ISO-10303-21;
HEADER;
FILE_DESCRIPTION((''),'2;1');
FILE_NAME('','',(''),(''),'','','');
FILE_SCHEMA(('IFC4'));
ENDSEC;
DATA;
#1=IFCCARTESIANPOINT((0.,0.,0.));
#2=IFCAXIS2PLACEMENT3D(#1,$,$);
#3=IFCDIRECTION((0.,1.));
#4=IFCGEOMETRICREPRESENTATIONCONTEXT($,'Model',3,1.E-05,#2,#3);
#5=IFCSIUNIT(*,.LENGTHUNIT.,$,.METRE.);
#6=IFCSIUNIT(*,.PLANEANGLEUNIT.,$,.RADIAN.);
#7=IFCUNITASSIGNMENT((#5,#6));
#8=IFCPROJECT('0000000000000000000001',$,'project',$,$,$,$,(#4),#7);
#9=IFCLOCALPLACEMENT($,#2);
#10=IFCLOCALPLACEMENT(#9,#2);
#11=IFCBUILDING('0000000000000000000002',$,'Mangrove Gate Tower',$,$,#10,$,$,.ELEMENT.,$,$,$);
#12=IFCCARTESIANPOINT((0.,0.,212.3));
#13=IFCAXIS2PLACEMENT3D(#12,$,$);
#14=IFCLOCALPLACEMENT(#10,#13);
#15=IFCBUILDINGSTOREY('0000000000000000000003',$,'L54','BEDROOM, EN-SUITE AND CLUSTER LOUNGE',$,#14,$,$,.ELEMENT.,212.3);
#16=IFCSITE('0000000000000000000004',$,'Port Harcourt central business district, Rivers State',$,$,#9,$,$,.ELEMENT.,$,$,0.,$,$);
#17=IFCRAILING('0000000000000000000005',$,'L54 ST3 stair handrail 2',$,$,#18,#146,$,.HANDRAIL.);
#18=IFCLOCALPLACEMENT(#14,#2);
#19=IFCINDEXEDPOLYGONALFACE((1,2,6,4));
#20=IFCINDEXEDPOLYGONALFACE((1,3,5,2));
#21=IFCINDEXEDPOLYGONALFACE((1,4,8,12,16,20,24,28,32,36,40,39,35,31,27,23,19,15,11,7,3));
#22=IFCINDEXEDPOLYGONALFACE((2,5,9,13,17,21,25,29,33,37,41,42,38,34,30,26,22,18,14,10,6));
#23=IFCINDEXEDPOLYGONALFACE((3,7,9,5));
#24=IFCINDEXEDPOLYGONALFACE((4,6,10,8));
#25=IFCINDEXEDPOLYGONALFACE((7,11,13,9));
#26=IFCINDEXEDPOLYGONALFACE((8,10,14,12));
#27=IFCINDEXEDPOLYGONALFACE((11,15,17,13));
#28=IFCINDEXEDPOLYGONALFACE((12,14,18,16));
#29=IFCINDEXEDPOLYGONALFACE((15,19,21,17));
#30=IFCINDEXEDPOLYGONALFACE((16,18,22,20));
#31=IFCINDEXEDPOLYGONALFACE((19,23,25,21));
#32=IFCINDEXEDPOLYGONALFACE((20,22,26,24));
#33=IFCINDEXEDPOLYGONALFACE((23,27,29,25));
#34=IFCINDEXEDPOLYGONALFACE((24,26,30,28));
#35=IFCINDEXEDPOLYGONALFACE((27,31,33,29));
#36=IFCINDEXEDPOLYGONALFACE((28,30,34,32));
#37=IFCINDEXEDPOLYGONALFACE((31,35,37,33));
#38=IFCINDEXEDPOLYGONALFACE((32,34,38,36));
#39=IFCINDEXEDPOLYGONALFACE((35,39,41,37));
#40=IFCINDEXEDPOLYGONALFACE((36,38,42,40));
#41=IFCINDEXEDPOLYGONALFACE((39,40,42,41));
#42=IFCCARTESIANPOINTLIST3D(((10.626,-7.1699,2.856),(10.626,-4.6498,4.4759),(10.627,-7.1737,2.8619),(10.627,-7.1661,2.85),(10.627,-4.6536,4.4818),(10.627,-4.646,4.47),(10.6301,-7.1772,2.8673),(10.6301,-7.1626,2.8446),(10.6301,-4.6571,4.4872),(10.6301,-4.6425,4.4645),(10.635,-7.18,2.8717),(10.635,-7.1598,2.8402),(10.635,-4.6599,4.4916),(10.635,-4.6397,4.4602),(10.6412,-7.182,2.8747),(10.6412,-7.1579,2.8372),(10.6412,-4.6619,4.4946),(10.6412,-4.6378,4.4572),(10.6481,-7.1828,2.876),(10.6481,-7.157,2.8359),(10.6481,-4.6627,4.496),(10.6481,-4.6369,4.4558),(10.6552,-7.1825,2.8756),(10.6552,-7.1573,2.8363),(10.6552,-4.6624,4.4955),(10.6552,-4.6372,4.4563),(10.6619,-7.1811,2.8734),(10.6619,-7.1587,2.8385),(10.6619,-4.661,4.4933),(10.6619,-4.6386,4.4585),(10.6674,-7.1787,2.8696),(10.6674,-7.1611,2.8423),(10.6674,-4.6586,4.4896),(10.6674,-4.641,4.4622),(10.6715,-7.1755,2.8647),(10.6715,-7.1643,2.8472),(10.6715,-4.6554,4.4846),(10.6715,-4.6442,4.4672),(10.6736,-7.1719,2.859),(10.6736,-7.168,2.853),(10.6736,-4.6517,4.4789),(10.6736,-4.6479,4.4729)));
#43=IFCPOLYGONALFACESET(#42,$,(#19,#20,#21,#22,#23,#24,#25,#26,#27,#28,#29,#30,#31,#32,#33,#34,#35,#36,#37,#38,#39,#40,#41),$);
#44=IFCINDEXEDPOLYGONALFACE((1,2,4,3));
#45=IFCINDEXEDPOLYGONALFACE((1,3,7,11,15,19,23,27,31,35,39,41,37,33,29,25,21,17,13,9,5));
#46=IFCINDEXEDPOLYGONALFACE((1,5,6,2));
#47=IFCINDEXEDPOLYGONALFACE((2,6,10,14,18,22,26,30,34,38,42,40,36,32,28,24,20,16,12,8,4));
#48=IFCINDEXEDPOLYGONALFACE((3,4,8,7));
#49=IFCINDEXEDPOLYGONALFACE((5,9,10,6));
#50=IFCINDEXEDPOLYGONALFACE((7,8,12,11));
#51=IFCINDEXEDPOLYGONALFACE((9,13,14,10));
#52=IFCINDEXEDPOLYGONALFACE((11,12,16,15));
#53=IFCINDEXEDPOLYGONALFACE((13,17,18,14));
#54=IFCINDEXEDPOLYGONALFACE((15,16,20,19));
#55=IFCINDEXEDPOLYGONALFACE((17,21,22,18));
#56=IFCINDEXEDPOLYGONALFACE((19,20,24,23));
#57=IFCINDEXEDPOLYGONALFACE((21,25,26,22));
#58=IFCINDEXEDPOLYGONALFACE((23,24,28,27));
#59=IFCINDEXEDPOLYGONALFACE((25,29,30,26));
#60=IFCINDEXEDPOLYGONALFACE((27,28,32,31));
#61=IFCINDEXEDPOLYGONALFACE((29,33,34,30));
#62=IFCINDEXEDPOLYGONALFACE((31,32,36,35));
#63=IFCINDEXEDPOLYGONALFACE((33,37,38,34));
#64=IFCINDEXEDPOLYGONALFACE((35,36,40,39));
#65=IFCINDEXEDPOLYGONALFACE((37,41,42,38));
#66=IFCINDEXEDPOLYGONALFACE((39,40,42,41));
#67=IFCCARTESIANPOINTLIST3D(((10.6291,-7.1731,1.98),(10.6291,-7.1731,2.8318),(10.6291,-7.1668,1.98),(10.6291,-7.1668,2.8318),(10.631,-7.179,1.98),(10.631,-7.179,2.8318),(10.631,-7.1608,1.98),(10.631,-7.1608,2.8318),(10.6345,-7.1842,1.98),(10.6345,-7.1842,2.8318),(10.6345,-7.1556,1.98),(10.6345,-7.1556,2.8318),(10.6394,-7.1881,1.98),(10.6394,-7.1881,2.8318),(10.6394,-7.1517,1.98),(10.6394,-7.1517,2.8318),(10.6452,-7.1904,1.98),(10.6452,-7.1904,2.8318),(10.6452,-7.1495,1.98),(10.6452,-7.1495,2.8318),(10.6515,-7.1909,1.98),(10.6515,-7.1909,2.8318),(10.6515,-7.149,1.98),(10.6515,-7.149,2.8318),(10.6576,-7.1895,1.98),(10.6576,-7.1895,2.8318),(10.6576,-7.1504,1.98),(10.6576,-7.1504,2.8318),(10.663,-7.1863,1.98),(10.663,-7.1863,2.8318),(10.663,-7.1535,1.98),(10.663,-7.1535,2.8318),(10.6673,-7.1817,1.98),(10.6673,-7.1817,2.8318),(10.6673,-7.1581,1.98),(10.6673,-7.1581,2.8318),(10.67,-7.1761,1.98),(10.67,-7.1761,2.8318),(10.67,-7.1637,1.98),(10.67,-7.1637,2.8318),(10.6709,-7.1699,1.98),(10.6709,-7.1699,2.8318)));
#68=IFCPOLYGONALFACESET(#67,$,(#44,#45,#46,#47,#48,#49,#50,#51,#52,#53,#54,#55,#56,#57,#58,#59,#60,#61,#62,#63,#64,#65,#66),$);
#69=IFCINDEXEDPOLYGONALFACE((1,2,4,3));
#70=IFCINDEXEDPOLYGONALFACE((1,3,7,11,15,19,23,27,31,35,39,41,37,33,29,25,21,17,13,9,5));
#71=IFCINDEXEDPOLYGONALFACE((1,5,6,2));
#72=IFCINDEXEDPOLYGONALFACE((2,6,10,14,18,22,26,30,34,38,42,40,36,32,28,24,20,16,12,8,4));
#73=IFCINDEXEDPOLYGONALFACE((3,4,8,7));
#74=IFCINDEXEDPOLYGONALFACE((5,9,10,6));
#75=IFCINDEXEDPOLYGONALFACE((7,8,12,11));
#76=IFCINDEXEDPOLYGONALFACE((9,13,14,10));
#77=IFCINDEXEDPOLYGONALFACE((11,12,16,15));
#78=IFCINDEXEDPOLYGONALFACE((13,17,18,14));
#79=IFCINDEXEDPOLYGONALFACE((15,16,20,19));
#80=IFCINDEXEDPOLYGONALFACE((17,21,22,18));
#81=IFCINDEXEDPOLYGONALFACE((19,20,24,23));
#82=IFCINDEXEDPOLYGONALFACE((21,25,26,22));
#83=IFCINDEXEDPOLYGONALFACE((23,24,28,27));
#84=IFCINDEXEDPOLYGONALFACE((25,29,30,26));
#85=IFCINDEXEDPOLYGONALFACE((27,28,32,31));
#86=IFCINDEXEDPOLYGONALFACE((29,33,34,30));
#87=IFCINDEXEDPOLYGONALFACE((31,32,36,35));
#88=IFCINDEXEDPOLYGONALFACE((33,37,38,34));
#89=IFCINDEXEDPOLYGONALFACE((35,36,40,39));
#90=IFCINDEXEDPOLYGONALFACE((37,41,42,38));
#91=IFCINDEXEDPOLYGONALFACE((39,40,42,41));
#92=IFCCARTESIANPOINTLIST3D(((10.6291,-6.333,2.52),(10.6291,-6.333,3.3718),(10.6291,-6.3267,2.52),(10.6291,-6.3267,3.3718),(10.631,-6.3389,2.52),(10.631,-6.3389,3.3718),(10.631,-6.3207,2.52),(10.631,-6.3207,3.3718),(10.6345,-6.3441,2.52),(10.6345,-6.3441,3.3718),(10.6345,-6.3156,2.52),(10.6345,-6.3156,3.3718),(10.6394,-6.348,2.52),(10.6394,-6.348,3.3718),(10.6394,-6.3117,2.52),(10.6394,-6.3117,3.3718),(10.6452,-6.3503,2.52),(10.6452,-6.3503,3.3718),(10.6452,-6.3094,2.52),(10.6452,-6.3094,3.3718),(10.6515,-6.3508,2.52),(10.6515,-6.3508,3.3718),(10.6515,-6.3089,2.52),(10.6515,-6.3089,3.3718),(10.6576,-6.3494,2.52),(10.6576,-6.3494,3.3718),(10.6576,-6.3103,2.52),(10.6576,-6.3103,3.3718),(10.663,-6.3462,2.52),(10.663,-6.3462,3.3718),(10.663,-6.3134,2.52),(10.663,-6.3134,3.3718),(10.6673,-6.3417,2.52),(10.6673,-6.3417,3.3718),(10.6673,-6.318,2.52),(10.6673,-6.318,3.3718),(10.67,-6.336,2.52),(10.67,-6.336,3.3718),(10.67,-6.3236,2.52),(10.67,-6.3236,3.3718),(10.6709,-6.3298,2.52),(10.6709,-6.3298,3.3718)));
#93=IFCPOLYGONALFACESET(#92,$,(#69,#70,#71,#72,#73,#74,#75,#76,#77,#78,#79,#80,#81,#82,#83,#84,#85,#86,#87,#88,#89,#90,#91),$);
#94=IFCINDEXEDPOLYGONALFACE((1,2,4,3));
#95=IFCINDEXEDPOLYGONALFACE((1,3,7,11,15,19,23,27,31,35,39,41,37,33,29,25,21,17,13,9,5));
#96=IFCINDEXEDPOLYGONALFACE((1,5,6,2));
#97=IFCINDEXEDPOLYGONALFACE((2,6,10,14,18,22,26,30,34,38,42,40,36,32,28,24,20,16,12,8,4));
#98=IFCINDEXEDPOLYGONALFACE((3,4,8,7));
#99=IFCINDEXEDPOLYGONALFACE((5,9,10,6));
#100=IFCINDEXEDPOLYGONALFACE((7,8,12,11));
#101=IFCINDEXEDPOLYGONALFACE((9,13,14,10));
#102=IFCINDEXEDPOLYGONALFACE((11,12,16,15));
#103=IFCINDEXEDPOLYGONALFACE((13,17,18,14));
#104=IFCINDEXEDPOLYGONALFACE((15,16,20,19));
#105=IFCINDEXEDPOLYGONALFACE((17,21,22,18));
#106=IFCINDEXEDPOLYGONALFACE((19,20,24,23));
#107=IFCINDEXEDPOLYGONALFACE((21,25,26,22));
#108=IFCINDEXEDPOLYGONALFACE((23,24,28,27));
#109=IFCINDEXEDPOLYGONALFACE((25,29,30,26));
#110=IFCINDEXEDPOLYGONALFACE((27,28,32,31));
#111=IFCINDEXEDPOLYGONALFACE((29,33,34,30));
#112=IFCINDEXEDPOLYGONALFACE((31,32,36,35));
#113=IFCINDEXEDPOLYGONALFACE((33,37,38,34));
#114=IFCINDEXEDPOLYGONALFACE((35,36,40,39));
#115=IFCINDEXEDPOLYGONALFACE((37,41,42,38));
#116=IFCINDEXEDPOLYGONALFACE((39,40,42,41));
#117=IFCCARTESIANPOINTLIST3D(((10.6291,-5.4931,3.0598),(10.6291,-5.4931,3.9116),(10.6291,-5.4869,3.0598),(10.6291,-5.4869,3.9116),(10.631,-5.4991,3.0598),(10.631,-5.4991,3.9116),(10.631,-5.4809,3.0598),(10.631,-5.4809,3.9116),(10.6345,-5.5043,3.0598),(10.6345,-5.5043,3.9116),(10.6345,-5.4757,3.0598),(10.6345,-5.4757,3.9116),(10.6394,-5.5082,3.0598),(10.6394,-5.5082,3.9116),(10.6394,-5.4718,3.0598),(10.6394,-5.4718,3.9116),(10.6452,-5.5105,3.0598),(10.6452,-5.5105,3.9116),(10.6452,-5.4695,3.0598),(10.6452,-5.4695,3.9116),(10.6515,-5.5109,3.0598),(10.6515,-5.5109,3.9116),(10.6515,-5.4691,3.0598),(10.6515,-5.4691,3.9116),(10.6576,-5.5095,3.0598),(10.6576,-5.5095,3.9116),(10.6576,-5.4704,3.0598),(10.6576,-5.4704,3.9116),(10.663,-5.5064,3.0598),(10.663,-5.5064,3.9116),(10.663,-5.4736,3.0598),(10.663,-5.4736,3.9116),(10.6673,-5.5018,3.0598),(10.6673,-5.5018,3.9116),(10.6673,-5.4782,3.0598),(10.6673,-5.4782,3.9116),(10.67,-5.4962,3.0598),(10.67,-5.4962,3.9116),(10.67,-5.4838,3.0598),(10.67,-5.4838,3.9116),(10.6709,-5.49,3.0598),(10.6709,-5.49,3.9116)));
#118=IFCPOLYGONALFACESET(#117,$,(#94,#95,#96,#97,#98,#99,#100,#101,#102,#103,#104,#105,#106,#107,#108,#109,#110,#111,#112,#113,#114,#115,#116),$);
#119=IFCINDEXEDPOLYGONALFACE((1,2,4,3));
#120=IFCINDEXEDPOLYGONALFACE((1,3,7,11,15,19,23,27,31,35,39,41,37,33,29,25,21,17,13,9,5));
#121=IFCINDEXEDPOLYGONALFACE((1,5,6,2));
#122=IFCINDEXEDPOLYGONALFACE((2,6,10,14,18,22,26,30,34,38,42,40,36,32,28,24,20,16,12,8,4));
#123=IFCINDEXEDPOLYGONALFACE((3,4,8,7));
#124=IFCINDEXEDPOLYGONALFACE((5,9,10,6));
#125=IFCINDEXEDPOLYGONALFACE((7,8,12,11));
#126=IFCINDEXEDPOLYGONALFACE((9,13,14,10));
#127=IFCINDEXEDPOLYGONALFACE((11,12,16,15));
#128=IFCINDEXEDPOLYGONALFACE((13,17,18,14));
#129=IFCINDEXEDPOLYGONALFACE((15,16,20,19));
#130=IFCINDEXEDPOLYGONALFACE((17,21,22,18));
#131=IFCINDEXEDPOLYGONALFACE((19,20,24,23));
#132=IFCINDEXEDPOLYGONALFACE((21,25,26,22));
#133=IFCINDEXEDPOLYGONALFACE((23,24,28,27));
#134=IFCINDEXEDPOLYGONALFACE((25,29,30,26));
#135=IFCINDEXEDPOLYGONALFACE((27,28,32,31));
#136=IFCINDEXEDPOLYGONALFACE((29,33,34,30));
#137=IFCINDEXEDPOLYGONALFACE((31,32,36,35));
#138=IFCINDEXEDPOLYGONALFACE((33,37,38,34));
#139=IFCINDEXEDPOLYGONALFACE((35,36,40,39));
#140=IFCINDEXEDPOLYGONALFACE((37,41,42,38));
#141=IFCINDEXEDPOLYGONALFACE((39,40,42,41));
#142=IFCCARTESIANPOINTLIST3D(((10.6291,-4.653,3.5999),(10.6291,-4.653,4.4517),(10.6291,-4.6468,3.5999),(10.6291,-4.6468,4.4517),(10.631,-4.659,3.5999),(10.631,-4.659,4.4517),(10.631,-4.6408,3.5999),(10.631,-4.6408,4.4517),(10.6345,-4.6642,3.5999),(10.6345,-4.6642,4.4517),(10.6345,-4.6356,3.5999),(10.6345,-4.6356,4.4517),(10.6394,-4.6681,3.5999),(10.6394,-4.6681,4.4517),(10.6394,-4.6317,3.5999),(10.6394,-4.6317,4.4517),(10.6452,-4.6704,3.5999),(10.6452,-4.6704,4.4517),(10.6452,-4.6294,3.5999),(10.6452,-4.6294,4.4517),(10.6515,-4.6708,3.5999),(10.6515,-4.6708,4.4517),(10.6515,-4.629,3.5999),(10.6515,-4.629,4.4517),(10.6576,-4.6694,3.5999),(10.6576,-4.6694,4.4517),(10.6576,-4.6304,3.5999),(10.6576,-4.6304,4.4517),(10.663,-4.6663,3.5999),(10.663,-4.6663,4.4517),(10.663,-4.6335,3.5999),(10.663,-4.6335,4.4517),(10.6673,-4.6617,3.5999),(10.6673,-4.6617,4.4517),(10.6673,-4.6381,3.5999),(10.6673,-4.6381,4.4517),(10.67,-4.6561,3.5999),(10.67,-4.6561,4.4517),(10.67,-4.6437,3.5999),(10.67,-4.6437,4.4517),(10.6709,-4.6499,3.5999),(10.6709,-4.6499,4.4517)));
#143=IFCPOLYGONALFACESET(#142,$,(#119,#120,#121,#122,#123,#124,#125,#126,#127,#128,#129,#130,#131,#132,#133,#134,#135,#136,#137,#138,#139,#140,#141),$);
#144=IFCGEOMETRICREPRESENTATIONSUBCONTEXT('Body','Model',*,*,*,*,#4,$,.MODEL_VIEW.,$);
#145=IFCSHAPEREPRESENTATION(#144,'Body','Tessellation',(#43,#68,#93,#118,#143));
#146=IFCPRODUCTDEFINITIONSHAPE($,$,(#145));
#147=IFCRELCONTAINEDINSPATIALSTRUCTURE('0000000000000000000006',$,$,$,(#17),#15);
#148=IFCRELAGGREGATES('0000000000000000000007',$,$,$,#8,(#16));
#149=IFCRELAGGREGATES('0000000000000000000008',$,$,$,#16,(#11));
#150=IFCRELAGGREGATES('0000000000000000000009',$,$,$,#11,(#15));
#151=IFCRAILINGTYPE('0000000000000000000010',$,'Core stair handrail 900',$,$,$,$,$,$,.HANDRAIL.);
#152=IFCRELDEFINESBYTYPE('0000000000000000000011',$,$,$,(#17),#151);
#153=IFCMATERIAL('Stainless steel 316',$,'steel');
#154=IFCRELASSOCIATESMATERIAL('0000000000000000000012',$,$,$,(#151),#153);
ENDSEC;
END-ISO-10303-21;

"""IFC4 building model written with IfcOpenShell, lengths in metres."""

from ifc_helpers import new_model, si_unit, direction, frame, origin, origin_2d, place, context, subcontext, project, spatial, circle, extrude, material, type_object, element, save


model = new_model("IFC4")

# Units and contexts
model_context = context("Model", 3, precision=1e-05, world=origin(), true_north=direction((0.0, 1.0)))
body_context = subcontext(model_context, "Body", "Model", "MODEL_VIEW")
ifc_project = project(units=[si_unit("LENGTHUNIT", "METRE"), si_unit("PLANEANGLEUNIT", "RADIAN")], contexts=[model_context])

# Site, building, storey
site_placement = place(None, origin())
site = spatial("IfcSite", under=ifc_project, at=site_placement, Name="Port Harcourt central business district, Rivers State", CompositionType="ELEMENT", RefElevation=0.0)
building_placement = place(site_placement, origin())
building = spatial("IfcBuilding", under=site, at=building_placement, Name="Mangrove Gate Tower", CompositionType="ELEMENT")
storey_placement = place(building_placement, frame((0.0, 0.0, 212.3)))
storey = spatial("IfcBuildingStorey", under=building, at=storey_placement, Name="L54", Description="BEDROOM, EN-SUITE AND CLUSTER LOUNGE", CompositionType="ELEMENT", Elevation=212.3)

# Railing
ifc_material_1 = material(Name="Stainless steel 316", Category="steel")
railing_type_1 = type_object("IfcRailingType", Name="Core stair handrail 900", PredefinedType="HANDRAIL", material=ifc_material_1)
railing_1_placement = place(storey_placement, frame((10.6499, -7.1699, 1.98)))
element("IfcRailing", 1, at=railing_1_placement, inside=storey, type_object=railing_type_1, Name="L54 ST3 stair handrail 2", PredefinedType="HANDRAIL", context=body_context, shape_type="SweptSolid", body=[
    extrude(circle(Radius=0.0239, at=origin_2d()), frame((0.0, 0.0, 0.876), z_axis=(0.0, 0.8412, 0.540725), x_axis=(-1.0, 0.0, 0.0)), (0.0, 0.0, 1.0), 2.9958),
    extrude(circle(Radius=0.021, at=origin_2d()), origin(), (0.0, 0.0, 1.0), 0.8518),
    extrude(circle(Radius=0.021, at=origin_2d()), frame((0.0, 0.8401, 0.54)), (0.0, 0.0, 1.0), 0.8518),
    extrude(circle(Radius=0.021, at=origin_2d()), frame((0.0, 1.6799, 1.0798)), (0.0, 0.0, 1.0), 0.8518),
    extrude(circle(Radius=0.021, at=origin_2d()), frame((0.0, 2.52, 1.6199)), (0.0, 0.0, 1.0), 0.8518),
])

save(model, "model.ifc")
